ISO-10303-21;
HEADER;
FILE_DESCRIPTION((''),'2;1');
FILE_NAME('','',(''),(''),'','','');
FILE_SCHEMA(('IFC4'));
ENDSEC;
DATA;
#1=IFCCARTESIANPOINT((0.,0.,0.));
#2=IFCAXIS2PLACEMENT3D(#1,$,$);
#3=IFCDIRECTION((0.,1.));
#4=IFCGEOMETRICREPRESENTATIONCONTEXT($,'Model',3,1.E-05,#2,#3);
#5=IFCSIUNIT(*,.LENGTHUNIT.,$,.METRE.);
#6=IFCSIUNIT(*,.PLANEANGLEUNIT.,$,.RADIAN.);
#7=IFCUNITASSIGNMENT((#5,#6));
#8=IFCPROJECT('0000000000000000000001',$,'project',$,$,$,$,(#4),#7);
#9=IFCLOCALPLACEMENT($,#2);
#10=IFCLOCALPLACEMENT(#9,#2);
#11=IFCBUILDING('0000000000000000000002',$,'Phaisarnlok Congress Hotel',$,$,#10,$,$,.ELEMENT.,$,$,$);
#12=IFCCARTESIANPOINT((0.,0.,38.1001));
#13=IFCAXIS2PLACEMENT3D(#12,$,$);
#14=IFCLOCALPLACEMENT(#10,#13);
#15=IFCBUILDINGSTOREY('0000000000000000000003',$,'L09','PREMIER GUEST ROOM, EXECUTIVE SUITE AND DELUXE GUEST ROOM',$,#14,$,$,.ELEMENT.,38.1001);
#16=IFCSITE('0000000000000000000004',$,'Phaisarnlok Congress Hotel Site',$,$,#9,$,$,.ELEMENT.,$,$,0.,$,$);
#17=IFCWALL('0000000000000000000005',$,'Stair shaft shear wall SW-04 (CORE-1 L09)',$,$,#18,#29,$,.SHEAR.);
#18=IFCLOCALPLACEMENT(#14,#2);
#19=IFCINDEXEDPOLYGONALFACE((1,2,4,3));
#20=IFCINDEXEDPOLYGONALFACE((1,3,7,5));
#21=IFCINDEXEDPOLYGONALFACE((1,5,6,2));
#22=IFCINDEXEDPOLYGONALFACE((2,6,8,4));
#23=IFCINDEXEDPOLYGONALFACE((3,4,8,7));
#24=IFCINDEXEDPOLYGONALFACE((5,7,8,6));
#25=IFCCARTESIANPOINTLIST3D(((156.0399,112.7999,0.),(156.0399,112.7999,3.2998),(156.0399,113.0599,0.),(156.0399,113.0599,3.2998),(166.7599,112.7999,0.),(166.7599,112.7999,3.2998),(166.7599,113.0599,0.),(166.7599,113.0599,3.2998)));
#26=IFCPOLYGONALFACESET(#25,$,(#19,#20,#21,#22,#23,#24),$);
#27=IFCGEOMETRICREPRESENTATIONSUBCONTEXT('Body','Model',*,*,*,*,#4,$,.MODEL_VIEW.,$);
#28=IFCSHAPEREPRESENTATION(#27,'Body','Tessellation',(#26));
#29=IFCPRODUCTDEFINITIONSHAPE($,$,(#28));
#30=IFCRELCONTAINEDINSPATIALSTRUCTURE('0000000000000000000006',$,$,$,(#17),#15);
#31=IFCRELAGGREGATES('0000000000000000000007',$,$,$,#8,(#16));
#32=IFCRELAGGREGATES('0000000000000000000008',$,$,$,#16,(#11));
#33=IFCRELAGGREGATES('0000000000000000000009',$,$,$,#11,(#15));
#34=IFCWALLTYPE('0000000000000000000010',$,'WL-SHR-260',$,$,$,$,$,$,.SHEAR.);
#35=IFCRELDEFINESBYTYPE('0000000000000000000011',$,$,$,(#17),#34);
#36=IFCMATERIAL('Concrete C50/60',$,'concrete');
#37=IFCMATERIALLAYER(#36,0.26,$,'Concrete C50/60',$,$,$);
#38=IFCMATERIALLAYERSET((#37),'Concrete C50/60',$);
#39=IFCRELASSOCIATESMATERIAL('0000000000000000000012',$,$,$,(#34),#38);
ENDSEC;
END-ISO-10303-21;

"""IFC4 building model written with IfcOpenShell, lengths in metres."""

from ifc_helpers import new_model, si_unit, direction, frame, frame_2d, origin, place, context, subcontext, project, spatial, rectangle, extrude, material, layer, layer_set, type_object, element, save


model = new_model("IFC4")

# Units and contexts
model_context = context("Model", 3, precision=1e-05, world=origin(), true_north=direction((0.0, 1.0)))
body_context = subcontext(model_context, "Body", "Model", "MODEL_VIEW")
ifc_project = project(units=[si_unit("LENGTHUNIT", "METRE"), si_unit("PLANEANGLEUNIT", "RADIAN")], contexts=[model_context])

# Site, building, storey
site_placement = place(None, origin())
site = spatial("IfcSite", under=ifc_project, at=site_placement, Name="Phaisarnlok Congress Hotel Site", CompositionType="ELEMENT", RefElevation=0.0)
building_placement = place(site_placement, origin())
building = spatial("IfcBuilding", under=site, at=building_placement, Name="Phaisarnlok Congress Hotel", CompositionType="ELEMENT")
storey_placement = place(building_placement, frame((0.0, 0.0, 38.1001)))
storey = spatial("IfcBuildingStorey", under=building, at=storey_placement, Name="L09", Description="PREMIER GUEST ROOM, EXECUTIVE SUITE AND DELUXE GUEST ROOM", CompositionType="ELEMENT", Elevation=38.1001)

# Shared definitions
ifc_material_1 = material(Name="Concrete C50/60", Category="concrete")

# Wall
ifc_layer_1 = layer(ifc_material_1, 0.26, Name="Concrete C50/60")
ifc_layer_set_1 = layer_set([ifc_layer_1], Name="Concrete C50/60")
wall_type_1 = type_object("IfcWallType", Name="WL-SHR-260", PredefinedType="SHEAR", material=ifc_layer_set_1)
wall_1_placement = place(storey_placement, frame((156.04, 112.9299, 0.0), z_axis=(0.0, 0.0, 1.0), x_axis=(1.0, 0.0, 0.0)))
element("IfcWall", 1, at=wall_1_placement, inside=storey, type_object=wall_type_1, Name="Stair shaft shear wall SW-04 (CORE-1 L09)", PredefinedType="SHEAR", context=body_context, shape_type="SweptSolid", body=[
    extrude(rectangle(XDim=10.72, YDim=0.26, at=frame_2d((5.3599, 0.0))), origin(), (0.0, 0.0, 1.0), 3.2998),
])

save(model, "model.ifc")
